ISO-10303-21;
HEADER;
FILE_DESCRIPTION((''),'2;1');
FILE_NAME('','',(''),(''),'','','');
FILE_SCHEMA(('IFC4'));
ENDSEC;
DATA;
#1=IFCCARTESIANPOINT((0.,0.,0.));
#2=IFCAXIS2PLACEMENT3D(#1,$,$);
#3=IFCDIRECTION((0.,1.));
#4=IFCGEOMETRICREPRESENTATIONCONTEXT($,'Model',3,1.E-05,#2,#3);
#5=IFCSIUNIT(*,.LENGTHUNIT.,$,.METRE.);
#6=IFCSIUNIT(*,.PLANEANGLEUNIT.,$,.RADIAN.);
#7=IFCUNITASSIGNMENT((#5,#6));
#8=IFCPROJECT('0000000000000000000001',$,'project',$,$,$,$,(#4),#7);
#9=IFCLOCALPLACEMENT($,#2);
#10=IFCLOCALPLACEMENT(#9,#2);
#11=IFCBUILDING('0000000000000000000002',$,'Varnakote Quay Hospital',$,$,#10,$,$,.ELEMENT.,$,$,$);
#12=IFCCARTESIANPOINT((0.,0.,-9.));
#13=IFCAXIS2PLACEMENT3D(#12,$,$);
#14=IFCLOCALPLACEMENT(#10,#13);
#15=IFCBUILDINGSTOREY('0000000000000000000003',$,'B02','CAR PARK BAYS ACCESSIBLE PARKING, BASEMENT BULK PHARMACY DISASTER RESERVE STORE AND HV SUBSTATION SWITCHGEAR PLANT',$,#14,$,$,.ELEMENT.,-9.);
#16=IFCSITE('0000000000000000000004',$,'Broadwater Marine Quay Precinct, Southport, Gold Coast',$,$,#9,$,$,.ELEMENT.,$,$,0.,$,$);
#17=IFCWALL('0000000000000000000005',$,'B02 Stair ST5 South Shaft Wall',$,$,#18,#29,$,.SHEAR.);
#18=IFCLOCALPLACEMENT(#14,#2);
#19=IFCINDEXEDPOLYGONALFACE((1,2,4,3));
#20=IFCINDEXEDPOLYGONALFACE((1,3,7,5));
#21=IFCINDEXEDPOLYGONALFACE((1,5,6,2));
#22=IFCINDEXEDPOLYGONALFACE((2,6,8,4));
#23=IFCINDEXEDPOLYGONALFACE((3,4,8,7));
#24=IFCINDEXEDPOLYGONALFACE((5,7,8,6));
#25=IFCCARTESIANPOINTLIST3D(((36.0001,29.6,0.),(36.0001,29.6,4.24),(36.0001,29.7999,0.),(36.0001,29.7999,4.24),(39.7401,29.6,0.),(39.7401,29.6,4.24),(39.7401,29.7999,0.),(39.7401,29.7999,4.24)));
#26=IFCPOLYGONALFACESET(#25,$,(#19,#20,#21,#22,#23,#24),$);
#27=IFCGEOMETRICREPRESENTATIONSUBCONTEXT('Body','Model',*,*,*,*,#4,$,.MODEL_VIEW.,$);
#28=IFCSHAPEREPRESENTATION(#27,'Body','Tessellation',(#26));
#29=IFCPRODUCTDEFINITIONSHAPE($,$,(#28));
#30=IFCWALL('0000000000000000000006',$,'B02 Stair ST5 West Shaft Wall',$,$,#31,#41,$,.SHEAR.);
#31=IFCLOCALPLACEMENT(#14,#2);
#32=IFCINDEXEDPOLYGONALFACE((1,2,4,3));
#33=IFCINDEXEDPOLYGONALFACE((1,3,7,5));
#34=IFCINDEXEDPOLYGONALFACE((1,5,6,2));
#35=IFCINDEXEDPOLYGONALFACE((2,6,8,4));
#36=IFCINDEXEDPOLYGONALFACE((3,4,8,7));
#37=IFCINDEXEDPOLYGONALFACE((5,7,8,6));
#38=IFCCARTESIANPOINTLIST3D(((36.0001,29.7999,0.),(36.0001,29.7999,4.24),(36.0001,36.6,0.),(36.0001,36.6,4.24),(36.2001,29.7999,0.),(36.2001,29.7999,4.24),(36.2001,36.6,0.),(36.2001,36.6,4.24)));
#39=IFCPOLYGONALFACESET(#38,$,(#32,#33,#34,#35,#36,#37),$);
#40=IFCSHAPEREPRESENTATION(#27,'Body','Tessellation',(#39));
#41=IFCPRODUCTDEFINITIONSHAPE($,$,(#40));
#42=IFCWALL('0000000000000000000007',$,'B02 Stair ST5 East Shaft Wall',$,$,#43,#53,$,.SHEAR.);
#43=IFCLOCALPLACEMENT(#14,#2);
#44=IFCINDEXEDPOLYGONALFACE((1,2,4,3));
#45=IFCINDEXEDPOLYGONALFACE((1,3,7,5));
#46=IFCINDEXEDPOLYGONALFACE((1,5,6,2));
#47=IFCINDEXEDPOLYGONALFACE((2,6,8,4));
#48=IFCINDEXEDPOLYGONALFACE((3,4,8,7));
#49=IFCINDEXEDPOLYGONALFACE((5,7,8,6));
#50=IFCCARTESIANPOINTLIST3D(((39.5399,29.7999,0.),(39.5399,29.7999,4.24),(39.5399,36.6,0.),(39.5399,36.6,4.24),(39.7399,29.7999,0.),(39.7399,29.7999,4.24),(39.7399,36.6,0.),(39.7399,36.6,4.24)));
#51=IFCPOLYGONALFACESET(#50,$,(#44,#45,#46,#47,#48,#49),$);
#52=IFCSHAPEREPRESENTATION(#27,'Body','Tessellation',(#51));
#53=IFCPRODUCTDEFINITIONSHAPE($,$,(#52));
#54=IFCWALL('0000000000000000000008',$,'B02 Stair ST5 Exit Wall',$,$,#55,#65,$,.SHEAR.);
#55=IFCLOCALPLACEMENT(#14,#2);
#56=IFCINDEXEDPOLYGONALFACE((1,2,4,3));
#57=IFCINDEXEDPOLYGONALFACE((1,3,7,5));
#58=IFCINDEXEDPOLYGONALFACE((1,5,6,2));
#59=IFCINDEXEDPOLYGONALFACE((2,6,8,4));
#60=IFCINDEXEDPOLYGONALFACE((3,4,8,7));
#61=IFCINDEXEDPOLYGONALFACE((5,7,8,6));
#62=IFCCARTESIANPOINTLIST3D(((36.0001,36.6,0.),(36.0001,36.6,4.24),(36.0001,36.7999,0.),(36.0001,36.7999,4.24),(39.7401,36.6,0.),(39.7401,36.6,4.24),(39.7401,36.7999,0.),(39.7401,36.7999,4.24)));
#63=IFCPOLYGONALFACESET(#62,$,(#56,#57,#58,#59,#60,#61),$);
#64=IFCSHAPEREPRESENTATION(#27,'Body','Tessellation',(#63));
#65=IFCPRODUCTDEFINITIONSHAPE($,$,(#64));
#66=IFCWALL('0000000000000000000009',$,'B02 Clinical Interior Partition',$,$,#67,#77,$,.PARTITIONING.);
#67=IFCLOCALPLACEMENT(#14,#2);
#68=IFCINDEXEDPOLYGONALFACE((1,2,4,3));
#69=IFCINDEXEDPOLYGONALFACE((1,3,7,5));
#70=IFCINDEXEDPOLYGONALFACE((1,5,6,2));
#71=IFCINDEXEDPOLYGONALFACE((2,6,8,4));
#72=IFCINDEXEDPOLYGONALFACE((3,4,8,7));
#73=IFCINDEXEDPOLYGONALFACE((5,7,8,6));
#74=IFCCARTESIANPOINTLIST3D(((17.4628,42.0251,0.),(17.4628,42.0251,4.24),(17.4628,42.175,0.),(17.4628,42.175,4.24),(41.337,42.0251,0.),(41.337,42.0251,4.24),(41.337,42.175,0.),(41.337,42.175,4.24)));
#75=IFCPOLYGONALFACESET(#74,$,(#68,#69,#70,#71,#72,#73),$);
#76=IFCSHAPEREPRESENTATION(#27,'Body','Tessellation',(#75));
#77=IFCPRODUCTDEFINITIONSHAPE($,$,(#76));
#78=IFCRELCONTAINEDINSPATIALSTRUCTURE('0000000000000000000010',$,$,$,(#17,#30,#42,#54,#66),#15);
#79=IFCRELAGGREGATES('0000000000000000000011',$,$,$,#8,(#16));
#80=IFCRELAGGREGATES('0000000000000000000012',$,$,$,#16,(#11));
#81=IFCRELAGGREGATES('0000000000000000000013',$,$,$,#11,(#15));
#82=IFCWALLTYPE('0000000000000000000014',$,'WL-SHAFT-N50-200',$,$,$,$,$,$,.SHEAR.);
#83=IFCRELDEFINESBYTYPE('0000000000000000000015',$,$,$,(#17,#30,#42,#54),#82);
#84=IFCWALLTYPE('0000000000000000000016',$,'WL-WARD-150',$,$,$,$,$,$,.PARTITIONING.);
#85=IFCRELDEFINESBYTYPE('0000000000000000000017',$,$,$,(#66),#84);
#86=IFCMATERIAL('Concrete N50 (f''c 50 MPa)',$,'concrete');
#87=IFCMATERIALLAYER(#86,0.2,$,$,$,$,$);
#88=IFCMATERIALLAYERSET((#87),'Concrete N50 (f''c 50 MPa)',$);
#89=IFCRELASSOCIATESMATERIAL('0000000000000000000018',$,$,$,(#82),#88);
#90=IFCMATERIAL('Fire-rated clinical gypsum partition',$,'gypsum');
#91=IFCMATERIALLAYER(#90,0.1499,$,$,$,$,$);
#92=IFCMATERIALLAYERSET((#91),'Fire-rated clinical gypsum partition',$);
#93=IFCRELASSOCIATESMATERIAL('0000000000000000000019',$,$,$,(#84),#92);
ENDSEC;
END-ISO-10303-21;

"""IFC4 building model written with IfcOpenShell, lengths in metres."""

from ifc_helpers import new_model, si_unit, direction, frame, frame_2d, origin, place, context, subcontext, project, spatial, rectangle, extrude, material, layer, layer_set, type_object, element, save


model = new_model("IFC4")

# Units and contexts
model_context = context("Model", 3, precision=1e-05, world=origin(), true_north=direction((0.0, 1.0)))
body_context = subcontext(model_context, "Body", "Model", "MODEL_VIEW")
ifc_project = project(units=[si_unit("LENGTHUNIT", "METRE"), si_unit("PLANEANGLEUNIT", "RADIAN")], contexts=[model_context])

# Site, building, storey
site_placement = place(None, origin())
site = spatial("IfcSite", under=ifc_project, at=site_placement, Name="Broadwater Marine Quay Precinct, Southport, Gold Coast", CompositionType="ELEMENT", RefElevation=0.0)
building_placement = place(site_placement, origin())
building = spatial("IfcBuilding", under=site, at=building_placement, Name="Varnakote Quay Hospital", CompositionType="ELEMENT")
storey_placement = place(building_placement, frame((0.0, 0.0, -9.0)))
storey = spatial("IfcBuildingStorey", under=building, at=storey_placement, Name="B02", Description="CAR PARK BAYS ACCESSIBLE PARKING, BASEMENT BULK PHARMACY DISASTER RESERVE STORE AND HV SUBSTATION SWITCHGEAR PLANT", CompositionType="ELEMENT", Elevation=-9.0)

# Walls
ifc_material_1 = material(Name="Concrete N50 (f'c 50 MPa)", Category="concrete")
ifc_layer_1 = layer(ifc_material_1, 0.2)
ifc_layer_set_1 = layer_set([ifc_layer_1], Name="Concrete N50 (f'c 50 MPa)")
wall_type_1 = type_object("IfcWallType", Name="WL-SHAFT-N50-200", PredefinedType="SHEAR", material=ifc_layer_set_1)
wall_1_placement = place(storey_placement, frame((36.0, 29.7, 0.0), z_axis=(0.0, 0.0, 1.0), x_axis=(1.0, 0.0, 0.0)))
element("IfcWall", 1, at=wall_1_placement, inside=storey, type_object=wall_type_1, Name="B02 Stair ST5 South Shaft Wall", PredefinedType="SHEAR", context=body_context, shape_type="SweptSolid", body=[
    extrude(rectangle(XDim=3.74, YDim=0.2, at=frame_2d((1.8701, 0.0))), origin(), (0.0, 0.0, 1.0), 4.24),
])
for number, where, z_axis, x_axis, name in (
    (2, (36.1001, 29.8, 0.0), (0.0, 0.0, 1.0), (0.0, 1.0, 0.0), "B02 Stair ST5 West Shaft Wall"),
    (3, (39.6399, 29.8, 0.0), (0.0, 0.0, 1.0), (0.0, 1.0, 0.0), "B02 Stair ST5 East Shaft Wall"),
):
    element("IfcWall", number, at=place(storey_placement, frame(where, z_axis=z_axis, x_axis=x_axis)), inside=storey, type_object=wall_type_1, Name=name, PredefinedType="SHEAR", context=body_context, shape_type="SweptSolid", body=[
        extrude(rectangle(XDim=6.8, YDim=0.2, at=frame_2d((3.3999, 0.0))), origin(), (0.0, 0.0, 1.0), 4.24),
    ])
wall_2_placement = place(storey_placement, frame((36.0, 36.7, 0.0), z_axis=(0.0, 0.0, 1.0), x_axis=(1.0, 0.0, 0.0)))
element("IfcWall", 4, at=wall_2_placement, inside=storey, type_object=wall_type_1, Name="B02 Stair ST5 Exit Wall", PredefinedType="SHEAR", context=body_context, shape_type="SweptSolid", body=[
    extrude(rectangle(XDim=3.74, YDim=0.2, at=frame_2d((1.8701, 0.0))), origin(), (0.0, 0.0, 1.0), 4.24),
])
ifc_material_2 = material(Name="Fire-rated clinical gypsum partition", Category="gypsum")
ifc_layer_2 = layer(ifc_material_2, 0.1499)
ifc_layer_set_2 = layer_set([ifc_layer_2], Name="Fire-rated clinical gypsum partition")
wall_type_2 = type_object("IfcWallType", Name="WL-WARD-150", PredefinedType="PARTITIONING", material=ifc_layer_set_2)
wall_3_placement = place(storey_placement, frame((17.4629, 42.1001, 0.0), z_axis=(0.0, 0.0, 1.0), x_axis=(1.0, 0.0, 0.0)))
element("IfcWall", 5, at=wall_3_placement, inside=storey, type_object=wall_type_2, Name="B02 Clinical Interior Partition", PredefinedType="PARTITIONING", context=body_context, shape_type="SweptSolid", body=[
    extrude(rectangle(XDim=23.8743, YDim=0.1499, at=frame_2d((11.937, 0.0))), origin(), (0.0, 0.0, 1.0), 4.24),
])

save(model, "model.ifc")
